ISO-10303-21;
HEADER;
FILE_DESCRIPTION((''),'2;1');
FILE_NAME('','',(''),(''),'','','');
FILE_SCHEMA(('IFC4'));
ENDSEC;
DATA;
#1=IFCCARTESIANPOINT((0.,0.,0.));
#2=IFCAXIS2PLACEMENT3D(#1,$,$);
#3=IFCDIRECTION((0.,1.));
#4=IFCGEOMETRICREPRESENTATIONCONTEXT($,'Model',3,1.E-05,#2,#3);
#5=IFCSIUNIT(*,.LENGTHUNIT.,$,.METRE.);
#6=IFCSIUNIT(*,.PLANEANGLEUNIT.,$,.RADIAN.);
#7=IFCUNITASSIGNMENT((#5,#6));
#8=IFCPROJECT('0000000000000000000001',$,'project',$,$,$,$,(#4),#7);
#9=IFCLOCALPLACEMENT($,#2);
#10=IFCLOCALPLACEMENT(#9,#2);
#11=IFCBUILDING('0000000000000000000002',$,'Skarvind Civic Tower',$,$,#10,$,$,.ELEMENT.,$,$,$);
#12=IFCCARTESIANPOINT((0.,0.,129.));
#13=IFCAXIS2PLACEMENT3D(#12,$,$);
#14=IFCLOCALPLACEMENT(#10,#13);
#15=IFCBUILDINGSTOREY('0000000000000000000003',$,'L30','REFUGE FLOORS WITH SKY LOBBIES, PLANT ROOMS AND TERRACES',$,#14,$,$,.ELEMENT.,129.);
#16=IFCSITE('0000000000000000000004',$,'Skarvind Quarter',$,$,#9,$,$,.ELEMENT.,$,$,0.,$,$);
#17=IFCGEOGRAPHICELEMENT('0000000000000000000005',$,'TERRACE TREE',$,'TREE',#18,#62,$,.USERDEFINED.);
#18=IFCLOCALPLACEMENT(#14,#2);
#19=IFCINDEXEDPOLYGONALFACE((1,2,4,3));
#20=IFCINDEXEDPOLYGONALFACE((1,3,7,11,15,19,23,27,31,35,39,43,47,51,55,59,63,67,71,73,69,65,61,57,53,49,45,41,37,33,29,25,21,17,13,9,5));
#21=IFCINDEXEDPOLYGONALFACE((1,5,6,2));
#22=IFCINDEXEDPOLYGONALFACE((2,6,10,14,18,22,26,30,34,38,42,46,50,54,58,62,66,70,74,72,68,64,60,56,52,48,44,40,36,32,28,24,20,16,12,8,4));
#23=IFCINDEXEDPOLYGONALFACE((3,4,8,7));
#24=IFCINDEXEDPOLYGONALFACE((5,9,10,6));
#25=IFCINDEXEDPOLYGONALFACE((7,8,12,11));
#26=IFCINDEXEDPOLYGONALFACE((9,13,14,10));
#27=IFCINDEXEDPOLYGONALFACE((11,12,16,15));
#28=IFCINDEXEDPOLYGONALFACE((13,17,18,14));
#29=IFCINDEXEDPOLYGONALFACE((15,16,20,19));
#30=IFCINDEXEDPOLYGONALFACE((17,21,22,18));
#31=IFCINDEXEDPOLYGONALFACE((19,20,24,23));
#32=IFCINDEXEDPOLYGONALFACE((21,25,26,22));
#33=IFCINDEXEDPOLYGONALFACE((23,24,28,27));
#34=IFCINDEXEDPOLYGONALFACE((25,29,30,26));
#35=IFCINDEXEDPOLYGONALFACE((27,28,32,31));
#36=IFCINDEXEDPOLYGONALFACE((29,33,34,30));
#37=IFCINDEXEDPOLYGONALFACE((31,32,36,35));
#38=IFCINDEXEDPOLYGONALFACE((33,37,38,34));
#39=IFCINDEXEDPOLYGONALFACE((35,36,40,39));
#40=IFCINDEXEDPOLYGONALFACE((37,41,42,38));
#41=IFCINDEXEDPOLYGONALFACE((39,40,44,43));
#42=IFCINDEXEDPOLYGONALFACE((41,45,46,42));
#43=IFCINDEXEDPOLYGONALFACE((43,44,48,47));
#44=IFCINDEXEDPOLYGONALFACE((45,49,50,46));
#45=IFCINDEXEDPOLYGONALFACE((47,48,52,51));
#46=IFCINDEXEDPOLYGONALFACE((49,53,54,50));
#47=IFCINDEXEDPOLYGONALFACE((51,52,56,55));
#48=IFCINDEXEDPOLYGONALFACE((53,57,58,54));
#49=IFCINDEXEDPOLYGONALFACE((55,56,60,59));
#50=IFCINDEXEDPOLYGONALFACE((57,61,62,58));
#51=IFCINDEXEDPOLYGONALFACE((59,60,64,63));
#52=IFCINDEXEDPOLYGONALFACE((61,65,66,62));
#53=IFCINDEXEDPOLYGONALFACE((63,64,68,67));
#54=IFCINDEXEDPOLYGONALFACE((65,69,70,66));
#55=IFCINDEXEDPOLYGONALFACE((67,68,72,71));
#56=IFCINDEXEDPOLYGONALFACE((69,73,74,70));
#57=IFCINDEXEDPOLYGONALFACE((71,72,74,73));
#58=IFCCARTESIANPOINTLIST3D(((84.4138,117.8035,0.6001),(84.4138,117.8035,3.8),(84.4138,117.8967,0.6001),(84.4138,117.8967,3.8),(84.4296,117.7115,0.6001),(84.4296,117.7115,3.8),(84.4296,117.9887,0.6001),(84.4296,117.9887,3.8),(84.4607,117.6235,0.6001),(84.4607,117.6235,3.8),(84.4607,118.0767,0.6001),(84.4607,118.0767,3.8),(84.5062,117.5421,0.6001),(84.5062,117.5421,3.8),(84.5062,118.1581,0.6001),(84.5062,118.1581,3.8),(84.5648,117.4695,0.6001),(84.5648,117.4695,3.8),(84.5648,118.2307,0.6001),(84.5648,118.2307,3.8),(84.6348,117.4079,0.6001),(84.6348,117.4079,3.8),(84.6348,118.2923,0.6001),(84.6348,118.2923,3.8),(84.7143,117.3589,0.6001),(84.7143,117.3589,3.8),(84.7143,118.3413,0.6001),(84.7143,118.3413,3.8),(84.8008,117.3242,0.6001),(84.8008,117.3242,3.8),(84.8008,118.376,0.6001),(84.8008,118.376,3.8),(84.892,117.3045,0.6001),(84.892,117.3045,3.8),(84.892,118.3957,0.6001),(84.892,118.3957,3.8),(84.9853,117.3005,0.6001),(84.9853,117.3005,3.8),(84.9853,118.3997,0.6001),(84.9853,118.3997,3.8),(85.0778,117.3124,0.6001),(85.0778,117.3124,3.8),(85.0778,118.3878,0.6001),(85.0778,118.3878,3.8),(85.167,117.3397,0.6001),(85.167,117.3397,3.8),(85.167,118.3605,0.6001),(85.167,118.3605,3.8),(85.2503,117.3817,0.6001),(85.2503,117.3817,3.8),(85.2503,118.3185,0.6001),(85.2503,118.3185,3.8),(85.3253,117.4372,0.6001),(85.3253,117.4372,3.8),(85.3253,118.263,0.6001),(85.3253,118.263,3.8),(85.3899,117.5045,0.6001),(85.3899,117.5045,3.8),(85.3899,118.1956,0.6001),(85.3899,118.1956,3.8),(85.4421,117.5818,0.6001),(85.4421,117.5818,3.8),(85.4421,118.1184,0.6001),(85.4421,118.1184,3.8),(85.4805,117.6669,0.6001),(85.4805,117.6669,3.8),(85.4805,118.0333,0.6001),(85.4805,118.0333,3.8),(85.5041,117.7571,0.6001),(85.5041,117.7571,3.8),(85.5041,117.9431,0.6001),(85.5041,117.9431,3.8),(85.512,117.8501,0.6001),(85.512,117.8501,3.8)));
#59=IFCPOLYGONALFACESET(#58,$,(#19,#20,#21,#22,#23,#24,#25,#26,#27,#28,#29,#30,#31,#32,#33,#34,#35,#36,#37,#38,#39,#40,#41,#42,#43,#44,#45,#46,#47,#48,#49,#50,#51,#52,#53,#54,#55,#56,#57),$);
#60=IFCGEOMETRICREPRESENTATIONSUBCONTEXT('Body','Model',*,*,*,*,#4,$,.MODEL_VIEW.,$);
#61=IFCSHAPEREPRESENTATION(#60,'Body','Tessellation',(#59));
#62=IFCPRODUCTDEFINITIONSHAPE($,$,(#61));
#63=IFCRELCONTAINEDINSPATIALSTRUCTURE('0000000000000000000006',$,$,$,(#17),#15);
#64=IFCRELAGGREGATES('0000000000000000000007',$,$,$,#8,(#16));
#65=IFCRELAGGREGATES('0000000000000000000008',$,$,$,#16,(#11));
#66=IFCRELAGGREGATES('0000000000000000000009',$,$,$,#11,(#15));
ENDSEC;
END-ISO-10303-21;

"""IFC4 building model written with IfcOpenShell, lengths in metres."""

from ifc_helpers import new_model, si_unit, direction, frame, origin, origin_2d, place, context, subcontext, project, spatial, circle, extrude, element, save


model = new_model("IFC4")

# Units and contexts
model_context = context("Model", 3, precision=1e-05, world=origin(), true_north=direction((0.0, 1.0)))
body_context = subcontext(model_context, "Body", "Model", "MODEL_VIEW")
ifc_project = project(units=[si_unit("LENGTHUNIT", "METRE"), si_unit("PLANEANGLEUNIT", "RADIAN")], contexts=[model_context])

# Site, building, storey
site_placement = place(None, origin())
site = spatial("IfcSite", under=ifc_project, at=site_placement, Name="Skarvind Quarter", CompositionType="ELEMENT", RefElevation=0.0)
building_placement = place(site_placement, origin())
building = spatial("IfcBuilding", under=site, at=building_placement, Name="Skarvind Civic Tower", CompositionType="ELEMENT")
storey_placement = place(building_placement, frame((0.0, 0.0, 129.0)))
storey = spatial("IfcBuildingStorey", under=building, at=storey_placement, Name="L30", Description="REFUGE FLOORS WITH SKY LOBBIES, PLANT ROOMS AND TERRACES", CompositionType="ELEMENT", Elevation=129.0)

# Geographic element
geographic_element_placement = place(storey_placement, frame((84.9619, 117.8501, 0.6001), z_axis=(0.0, 0.0, 1.0), x_axis=(1.0, 0.0, 0.0)))
element("IfcGeographicElement", 1, at=geographic_element_placement, inside=storey, Name="TERRACE TREE", ObjectType="TREE", PredefinedType="USERDEFINED", context=body_context, shape_type="SweptSolid", body=[
    extrude(circle(Radius=0.55, at=origin_2d()), origin(), (0.0, 0.0, 1.0), 3.2),
])

save(model, "model.ifc")
